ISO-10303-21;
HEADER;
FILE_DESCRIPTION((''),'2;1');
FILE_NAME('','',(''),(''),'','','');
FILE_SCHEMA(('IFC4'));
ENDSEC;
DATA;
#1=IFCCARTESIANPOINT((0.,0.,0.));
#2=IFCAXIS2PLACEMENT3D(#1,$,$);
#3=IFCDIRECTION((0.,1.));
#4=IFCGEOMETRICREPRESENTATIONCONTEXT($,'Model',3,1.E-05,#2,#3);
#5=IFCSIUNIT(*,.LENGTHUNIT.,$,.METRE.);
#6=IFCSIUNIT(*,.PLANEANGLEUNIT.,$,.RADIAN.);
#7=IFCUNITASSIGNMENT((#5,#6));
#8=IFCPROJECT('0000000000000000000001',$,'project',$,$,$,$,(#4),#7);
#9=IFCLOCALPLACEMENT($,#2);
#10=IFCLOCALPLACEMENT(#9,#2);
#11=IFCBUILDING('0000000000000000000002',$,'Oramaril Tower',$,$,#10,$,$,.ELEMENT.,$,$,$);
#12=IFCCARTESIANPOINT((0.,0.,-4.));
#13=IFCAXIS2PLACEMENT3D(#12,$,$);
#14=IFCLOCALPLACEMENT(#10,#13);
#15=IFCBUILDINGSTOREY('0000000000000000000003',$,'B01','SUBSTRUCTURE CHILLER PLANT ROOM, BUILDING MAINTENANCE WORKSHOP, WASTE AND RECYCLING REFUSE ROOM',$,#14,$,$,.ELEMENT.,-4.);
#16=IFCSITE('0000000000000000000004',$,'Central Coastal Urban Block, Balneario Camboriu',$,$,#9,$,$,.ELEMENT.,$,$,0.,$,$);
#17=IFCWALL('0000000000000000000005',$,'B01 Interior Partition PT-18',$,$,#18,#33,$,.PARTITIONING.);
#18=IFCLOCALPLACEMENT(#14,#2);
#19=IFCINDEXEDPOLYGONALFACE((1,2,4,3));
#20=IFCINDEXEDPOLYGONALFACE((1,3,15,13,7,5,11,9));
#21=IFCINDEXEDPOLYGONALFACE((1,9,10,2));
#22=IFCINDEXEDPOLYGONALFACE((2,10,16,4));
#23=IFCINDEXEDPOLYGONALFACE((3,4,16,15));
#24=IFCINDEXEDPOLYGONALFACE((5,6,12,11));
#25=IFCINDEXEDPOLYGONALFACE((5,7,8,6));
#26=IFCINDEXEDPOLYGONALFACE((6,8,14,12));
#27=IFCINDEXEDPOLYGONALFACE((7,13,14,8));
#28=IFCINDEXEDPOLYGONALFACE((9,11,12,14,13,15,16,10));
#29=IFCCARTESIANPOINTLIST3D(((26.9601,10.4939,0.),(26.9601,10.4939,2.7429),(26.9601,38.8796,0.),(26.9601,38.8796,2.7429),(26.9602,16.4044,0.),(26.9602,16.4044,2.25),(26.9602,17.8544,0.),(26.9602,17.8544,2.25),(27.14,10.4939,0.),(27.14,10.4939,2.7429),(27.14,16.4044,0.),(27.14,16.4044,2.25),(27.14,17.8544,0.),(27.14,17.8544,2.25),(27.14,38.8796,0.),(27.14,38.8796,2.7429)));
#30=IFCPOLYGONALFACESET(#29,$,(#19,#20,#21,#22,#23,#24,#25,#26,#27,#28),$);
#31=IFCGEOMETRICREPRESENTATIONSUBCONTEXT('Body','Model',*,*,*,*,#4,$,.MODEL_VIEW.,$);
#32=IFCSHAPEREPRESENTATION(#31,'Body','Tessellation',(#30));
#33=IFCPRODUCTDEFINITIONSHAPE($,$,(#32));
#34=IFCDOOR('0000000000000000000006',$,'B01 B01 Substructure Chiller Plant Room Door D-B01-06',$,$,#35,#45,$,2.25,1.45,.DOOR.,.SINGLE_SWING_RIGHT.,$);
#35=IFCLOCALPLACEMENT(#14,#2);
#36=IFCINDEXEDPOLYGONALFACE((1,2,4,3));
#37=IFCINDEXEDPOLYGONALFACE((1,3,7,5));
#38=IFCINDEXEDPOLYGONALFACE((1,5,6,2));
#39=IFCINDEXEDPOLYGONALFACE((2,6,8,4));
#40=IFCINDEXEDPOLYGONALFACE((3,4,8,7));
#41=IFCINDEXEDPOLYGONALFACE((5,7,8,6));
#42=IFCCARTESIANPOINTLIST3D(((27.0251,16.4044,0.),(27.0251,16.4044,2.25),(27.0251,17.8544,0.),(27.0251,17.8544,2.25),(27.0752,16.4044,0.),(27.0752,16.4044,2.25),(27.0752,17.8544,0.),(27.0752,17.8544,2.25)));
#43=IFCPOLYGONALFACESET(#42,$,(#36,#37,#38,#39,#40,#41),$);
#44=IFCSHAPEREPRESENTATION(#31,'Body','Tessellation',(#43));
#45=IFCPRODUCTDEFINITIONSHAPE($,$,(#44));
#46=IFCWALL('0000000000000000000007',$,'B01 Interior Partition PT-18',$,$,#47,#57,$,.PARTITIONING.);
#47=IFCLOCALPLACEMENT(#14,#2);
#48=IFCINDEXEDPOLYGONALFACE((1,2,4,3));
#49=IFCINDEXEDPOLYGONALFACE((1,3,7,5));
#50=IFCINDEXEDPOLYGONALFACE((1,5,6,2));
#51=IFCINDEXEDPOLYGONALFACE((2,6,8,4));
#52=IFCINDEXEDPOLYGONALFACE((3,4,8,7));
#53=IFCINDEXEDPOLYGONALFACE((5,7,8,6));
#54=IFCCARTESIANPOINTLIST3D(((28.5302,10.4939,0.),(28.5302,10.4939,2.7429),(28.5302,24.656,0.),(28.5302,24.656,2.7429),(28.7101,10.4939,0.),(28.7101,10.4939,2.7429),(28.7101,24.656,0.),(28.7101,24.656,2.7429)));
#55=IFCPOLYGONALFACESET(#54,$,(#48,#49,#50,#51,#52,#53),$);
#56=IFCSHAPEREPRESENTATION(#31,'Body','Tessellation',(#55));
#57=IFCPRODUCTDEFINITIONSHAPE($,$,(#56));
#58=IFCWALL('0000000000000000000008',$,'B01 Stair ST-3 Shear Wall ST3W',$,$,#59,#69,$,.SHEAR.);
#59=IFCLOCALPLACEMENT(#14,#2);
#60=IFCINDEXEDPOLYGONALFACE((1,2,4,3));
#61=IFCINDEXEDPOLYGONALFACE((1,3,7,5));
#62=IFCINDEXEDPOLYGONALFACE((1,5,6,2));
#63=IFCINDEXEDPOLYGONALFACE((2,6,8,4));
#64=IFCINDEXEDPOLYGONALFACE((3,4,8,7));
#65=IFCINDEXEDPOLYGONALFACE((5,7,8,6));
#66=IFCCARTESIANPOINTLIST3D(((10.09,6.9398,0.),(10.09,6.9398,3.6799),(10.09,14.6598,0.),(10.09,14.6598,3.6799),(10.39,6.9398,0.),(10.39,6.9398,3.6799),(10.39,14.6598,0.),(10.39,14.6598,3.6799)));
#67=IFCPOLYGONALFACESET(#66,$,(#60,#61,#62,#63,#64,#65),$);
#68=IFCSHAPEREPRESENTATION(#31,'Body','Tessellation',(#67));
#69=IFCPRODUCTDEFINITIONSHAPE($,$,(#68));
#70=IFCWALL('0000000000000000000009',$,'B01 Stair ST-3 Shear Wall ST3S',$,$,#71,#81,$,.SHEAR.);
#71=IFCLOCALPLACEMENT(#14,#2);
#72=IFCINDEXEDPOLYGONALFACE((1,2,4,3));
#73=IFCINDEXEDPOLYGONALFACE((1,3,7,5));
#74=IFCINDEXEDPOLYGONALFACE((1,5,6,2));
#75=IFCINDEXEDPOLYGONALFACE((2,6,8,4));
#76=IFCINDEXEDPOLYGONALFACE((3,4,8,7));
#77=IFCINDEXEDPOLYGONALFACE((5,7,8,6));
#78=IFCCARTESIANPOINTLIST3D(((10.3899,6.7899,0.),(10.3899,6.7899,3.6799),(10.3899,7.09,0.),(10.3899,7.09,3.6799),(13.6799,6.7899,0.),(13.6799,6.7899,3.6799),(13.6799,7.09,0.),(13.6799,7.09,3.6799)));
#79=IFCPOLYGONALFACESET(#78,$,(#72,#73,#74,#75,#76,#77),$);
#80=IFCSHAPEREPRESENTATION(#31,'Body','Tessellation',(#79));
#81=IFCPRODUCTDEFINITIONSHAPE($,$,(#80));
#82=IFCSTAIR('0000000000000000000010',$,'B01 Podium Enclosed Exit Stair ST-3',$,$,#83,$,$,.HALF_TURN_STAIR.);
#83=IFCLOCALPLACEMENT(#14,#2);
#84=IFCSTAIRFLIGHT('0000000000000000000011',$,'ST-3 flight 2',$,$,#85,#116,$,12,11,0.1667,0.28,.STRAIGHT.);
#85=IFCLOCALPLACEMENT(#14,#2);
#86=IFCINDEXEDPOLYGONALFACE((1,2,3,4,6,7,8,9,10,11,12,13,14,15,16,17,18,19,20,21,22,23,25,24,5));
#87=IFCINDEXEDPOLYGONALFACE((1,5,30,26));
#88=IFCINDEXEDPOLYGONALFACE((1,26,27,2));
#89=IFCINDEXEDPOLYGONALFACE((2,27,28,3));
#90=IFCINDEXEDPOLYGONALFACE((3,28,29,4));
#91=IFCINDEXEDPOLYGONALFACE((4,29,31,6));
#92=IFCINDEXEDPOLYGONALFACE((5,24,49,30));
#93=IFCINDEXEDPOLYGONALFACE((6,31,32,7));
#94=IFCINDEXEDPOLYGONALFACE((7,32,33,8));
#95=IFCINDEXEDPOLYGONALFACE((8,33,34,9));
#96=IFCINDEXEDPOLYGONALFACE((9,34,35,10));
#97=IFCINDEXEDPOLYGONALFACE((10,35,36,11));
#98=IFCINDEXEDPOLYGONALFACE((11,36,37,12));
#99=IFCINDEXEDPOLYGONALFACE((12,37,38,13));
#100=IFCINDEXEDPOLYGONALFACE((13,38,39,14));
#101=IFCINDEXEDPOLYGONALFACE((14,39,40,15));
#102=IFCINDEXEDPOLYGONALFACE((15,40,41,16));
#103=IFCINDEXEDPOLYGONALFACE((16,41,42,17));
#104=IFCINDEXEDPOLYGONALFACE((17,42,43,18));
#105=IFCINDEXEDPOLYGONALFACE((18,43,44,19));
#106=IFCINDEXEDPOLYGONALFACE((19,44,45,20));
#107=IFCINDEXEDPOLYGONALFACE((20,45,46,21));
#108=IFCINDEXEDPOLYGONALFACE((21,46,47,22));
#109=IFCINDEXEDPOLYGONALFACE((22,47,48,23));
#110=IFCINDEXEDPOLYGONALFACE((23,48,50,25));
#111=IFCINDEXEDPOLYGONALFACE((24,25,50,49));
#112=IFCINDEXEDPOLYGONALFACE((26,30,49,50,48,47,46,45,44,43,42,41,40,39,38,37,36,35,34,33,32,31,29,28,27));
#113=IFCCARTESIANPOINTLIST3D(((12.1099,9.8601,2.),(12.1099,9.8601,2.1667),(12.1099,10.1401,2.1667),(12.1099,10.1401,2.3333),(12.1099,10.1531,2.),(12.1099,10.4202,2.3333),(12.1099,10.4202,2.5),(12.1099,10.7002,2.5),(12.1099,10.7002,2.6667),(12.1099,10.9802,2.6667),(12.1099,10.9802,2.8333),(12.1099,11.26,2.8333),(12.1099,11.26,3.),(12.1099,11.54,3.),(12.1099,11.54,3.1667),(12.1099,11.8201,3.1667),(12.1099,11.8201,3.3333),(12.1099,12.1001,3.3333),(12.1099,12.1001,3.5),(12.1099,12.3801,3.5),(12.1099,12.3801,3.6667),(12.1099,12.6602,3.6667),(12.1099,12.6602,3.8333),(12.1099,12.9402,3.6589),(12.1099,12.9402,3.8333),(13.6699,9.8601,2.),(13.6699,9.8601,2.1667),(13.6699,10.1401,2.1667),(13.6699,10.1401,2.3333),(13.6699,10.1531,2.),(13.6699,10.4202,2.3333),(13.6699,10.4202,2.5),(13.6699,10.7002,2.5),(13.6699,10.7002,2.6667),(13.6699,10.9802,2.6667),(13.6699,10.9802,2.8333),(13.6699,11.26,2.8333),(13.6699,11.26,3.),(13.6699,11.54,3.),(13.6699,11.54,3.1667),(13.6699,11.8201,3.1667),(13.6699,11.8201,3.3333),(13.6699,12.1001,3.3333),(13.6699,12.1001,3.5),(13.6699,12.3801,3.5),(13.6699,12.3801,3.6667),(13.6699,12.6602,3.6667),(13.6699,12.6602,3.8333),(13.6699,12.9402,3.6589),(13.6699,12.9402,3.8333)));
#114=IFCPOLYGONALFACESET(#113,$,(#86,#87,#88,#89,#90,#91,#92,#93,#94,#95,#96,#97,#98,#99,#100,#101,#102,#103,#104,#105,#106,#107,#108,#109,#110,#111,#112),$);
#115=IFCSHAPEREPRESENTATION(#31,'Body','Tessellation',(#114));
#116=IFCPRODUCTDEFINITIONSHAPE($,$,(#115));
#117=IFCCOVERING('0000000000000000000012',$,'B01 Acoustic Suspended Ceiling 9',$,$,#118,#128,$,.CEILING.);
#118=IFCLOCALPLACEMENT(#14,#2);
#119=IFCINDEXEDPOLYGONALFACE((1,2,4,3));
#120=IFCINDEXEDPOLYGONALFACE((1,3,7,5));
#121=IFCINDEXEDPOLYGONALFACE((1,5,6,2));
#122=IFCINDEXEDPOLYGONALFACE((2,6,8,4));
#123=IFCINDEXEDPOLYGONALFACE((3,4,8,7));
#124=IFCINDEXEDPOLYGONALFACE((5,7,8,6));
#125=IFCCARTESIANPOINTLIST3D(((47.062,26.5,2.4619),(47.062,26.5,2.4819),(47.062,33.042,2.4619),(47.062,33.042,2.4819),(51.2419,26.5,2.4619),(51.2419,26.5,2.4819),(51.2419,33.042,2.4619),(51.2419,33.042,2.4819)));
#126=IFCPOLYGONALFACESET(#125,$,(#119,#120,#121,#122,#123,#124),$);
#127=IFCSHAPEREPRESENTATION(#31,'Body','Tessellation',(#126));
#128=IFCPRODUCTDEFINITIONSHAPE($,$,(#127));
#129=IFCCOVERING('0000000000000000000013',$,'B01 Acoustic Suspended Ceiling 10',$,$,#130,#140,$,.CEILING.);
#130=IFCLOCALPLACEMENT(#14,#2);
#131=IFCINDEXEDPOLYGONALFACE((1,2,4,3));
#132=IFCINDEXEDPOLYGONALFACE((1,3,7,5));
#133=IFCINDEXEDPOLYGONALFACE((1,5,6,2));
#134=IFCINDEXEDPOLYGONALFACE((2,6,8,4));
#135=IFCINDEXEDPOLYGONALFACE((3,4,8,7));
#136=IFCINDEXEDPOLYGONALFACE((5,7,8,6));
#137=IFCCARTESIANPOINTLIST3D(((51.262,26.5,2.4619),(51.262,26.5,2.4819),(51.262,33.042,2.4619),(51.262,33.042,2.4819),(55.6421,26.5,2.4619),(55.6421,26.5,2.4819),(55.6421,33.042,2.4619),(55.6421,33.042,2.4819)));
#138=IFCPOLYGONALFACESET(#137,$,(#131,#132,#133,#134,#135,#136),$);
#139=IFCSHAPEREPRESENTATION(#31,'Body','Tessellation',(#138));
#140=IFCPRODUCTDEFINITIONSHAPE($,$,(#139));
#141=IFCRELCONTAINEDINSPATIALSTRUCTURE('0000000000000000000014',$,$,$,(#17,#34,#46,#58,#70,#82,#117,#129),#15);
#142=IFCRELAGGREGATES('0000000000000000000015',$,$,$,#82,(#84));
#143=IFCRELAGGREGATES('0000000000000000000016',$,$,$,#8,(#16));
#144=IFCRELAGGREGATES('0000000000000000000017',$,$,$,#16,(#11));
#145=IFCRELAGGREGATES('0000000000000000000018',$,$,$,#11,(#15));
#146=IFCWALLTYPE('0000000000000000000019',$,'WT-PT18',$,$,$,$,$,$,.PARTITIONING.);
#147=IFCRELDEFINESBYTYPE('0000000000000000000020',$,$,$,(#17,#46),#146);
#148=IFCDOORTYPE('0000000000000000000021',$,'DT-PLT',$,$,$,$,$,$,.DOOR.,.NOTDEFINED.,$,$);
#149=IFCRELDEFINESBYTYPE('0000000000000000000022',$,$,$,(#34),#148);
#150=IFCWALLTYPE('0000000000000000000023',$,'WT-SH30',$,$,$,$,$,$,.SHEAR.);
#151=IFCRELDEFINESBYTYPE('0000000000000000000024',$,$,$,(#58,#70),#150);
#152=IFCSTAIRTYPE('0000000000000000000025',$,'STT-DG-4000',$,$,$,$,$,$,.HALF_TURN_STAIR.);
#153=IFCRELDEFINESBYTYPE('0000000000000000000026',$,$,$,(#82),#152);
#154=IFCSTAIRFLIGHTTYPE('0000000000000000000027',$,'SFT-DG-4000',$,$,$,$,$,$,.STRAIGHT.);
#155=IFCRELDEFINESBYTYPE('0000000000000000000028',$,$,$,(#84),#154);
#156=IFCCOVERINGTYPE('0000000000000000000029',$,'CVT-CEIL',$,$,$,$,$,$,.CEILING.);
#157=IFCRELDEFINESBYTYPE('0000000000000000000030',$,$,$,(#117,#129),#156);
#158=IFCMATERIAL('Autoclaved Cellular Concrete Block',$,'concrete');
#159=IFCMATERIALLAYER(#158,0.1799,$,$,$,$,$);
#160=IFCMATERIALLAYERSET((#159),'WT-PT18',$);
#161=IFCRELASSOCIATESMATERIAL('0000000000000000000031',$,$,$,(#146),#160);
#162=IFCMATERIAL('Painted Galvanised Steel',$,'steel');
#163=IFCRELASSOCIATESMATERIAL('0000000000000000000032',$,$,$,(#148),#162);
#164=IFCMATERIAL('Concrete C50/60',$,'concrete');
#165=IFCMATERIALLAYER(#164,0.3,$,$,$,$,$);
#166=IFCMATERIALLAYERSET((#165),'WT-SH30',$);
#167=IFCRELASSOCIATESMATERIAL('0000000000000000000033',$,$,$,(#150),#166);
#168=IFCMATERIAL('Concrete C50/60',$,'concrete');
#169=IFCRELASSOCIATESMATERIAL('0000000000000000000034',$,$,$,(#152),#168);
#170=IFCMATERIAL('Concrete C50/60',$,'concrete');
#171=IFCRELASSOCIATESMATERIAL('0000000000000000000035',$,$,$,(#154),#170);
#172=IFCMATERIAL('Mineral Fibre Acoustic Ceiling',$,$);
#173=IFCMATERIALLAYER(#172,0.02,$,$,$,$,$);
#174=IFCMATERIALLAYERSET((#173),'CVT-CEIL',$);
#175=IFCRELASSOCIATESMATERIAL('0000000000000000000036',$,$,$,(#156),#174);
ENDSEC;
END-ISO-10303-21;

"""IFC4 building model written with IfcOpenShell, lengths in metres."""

from ifc_helpers import new_model, si_unit, direction, frame, frame_2d, origin, place, context, subcontext, project, spatial, polyline, rectangle, outline, extrude, material, layer, layer_set, type_object, element, fill, aggregate, save


model = new_model("IFC4")

# Units and contexts
model_context = context("Model", 3, precision=1e-05, world=origin(), true_north=direction((0.0, 1.0)))
body_context = subcontext(model_context, "Body", "Model", "MODEL_VIEW")
ifc_project = project(units=[si_unit("LENGTHUNIT", "METRE"), si_unit("PLANEANGLEUNIT", "RADIAN")], contexts=[model_context])

# Site, building, storey
site_placement = place(None, origin())
site = spatial("IfcSite", under=ifc_project, at=site_placement, Name="Central Coastal Urban Block, Balneario Camboriu", CompositionType="ELEMENT", RefElevation=0.0)
building_placement = place(site_placement, origin())
building = spatial("IfcBuilding", under=site, at=building_placement, Name="Oramaril Tower", CompositionType="ELEMENT")
storey_placement = place(building_placement, frame((0.0, 0.0, -4.0)))
storey = spatial("IfcBuildingStorey", under=building, at=storey_placement, Name="B01", Description="SUBSTRUCTURE CHILLER PLANT ROOM, BUILDING MAINTENANCE WORKSHOP, WASTE AND RECYCLING REFUSE ROOM", CompositionType="ELEMENT", Elevation=-4.0)

# Shared definitions
ifc_material_1 = material(Name="Autoclaved Cellular Concrete Block", Category="concrete")
ifc_layer_1 = layer(ifc_material_1, 0.1799)
ifc_layer_set_1 = layer_set([ifc_layer_1], Name="WT-PT18")
wall_type_1 = type_object("IfcWallType", Name="WT-PT18", PredefinedType="PARTITIONING", material=ifc_layer_set_1)

# Wall, opening, door
wall_1_placement = place(storey_placement, frame((27.05, 10.4939, 0.0), z_axis=(0.0, 0.0, 1.0), x_axis=(0.0, 1.0, 0.0)))
wall_1 = element("IfcWall", 1, at=wall_1_placement, inside=storey, type_object=wall_type_1, Name="B01 Interior Partition PT-18", PredefinedType="PARTITIONING", context=body_context, shape_type="SweptSolid", body=[
    extrude(rectangle(XDim=28.3857, YDim=0.1799, at=frame_2d((14.1929, 0.0))), origin(), (0.0, 0.0, 1.0), 2.7429),
])
opening_1_placement = place(wall_1_placement, frame((5.9104, 0.0, 0.0)))
opening_1 = element("IfcOpeningElement", 2, at=opening_1_placement, cuts=wall_1, PredefinedType="OPENING", context=body_context, shape_type="SweptSolid", body=[
    extrude(rectangle(XDim=1.45, YDim=2.25, at=frame_2d((0.7251, 1.125))), frame((0.0, 0.0898, 0.0), z_axis=(0.0, -1.0, 0.0), x_axis=(1.0, 0.0, 0.0)), (0.0, 0.0, 1.0), 0.1799),
])
ifc_material_2 = material(Name="Painted Galvanised Steel", Category="steel")
door_type_1 = type_object("IfcDoorType", Name="DT-PLT", OperationType="NOTDEFINED", PredefinedType="DOOR", material=ifc_material_2)
door_1_placement = place(opening_1_placement, origin())
door_1 = element("IfcDoor", 3, at=door_1_placement, inside=storey, type_object=door_type_1, Name="B01 B01 Substructure Chiller Plant Room Door D-B01-06", OperationType="SINGLE_SWING_RIGHT", OverallHeight=2.25, OverallWidth=1.45, PredefinedType="DOOR", context=body_context, shape_type="SweptSolid", body=[
    extrude(rectangle(XDim=1.45, YDim=2.25, at=frame_2d((0.7251, 1.125))), frame((0.0, 0.0249, 0.0), z_axis=(0.0, -1.0, 0.0), x_axis=(1.0, 0.0, 0.0)), (0.0, 0.0, 1.0), 0.05),
])
fill(opening_1, door_1)

# Walls
wall_2_placement = place(storey_placement, frame((28.6201, 10.4939, 0.0), z_axis=(0.0, 0.0, 1.0), x_axis=(0.0, 1.0, 0.0)))
element("IfcWall", 4, at=wall_2_placement, inside=storey, type_object=wall_type_1, Name="B01 Interior Partition PT-18", PredefinedType="PARTITIONING", context=body_context, shape_type="SweptSolid", body=[
    extrude(rectangle(XDim=14.1621, YDim=0.1799, at=frame_2d((7.0811, 0.0))), origin(), (0.0, 0.0, 1.0), 2.7429),
])
ifc_material_3 = material(Name="Concrete C50/60", Category="concrete")
ifc_layer_2 = layer(ifc_material_3, 0.3)
ifc_layer_set_2 = layer_set([ifc_layer_2], Name="WT-SH30")
wall_type_2 = type_object("IfcWallType", Name="WT-SH30", PredefinedType="SHEAR", material=ifc_layer_set_2)
wall_3_placement = place(storey_placement, frame((10.24, 6.9399, 0.0), z_axis=(0.0, 0.0, 1.0), x_axis=(0.0, 1.0, 0.0)))
element("IfcWall", 5, at=wall_3_placement, inside=storey, type_object=wall_type_2, Name="B01 Stair ST-3 Shear Wall ST3W", PredefinedType="SHEAR", context=body_context, shape_type="SweptSolid", body=[
    extrude(rectangle(XDim=7.72, YDim=0.3, at=frame_2d((3.8599, 0.0))), origin(), (0.0, 0.0, 1.0), 3.6799),
])

# Wall
wall_4_placement = place(storey_placement, frame((10.3899, 6.9399, 0.0), z_axis=(0.0, 0.0, 1.0), x_axis=(1.0, 0.0, 0.0)))
element("IfcWall", 6, at=wall_4_placement, inside=storey, type_object=wall_type_2, Name="B01 Stair ST-3 Shear Wall ST3S", PredefinedType="SHEAR", context=body_context, shape_type="SweptSolid", body=[
    extrude(rectangle(XDim=3.29, YDim=0.3, at=frame_2d((1.645, 0.0))), origin(), (0.0, 0.0, 1.0), 3.6799),
])

# Stair, stair flight
ifc_material_4 = material(Name="Concrete C50/60", Category="concrete")
stair_type = type_object("IfcStairType", Name="STT-DG-4000", PredefinedType="HALF_TURN_STAIR", material=ifc_material_4)
stair_placement = place(storey_placement, origin())
stair = element("IfcStair", 7, at=stair_placement, inside=storey, type_object=stair_type, Name="B01 Podium Enclosed Exit Stair ST-3", PredefinedType="HALF_TURN_STAIR")
ifc_material_5 = material(Name="Concrete C50/60", Category="concrete")
stair_flight_type = type_object("IfcStairFlightType", Name="SFT-DG-4000", PredefinedType="STRAIGHT", material=ifc_material_5)
stair_flight_placement = place(storey_placement, frame((12.8899, 9.8601, 2.0), z_axis=(0.0, 0.0, 1.0), x_axis=(0.0, 1.0, 0.0)))
stair_flight = element("IfcStairFlight", 8, at=stair_flight_placement, type_object=stair_flight_type, Name="ST-3 flight 2", NumberOfRisers=12, NumberOfTreads=11, PredefinedType="STRAIGHT", RiserHeight=0.1667, TreadLength=0.28, context=body_context, shape_type="SweptSolid", body=[
    extrude(outline(polyline([(0.0, 0.0), (0.0, 0.1667), (0.28, 0.1667), (0.28, 0.3333), (0.5601, 0.3333), (0.5601, 0.5), (0.8401, 0.5), (0.8401, 0.6667), (1.1201, 0.6667), (1.1201, 0.8333), (1.3999, 0.8333), (1.3999, 1.0), (1.6799, 1.0), (1.6799, 1.1667), (1.96, 1.1667), (1.96, 1.3333), (2.24, 1.3333), (2.24, 1.5), (2.52, 1.5), (2.52, 1.6667), (2.8, 1.6667), (2.8, 1.8333), (3.0801, 1.8333), (3.0801, 2.0), (3.0801, 1.6589), (0.293, 0.0), (0.0, 0.0)])), frame((0.0, 0.78, 0.0), z_axis=(0.0, -1.0, 0.0), x_axis=(1.0, 0.0, 0.0)), (0.0, 0.0, 1.0), 1.5601),
])
aggregate(stair, [stair_flight])

# Coverings
ifc_material_6 = material(Name="Mineral Fibre Acoustic Ceiling")
ifc_layer_3 = layer(ifc_material_6, 0.02)
ifc_layer_set_3 = layer_set([ifc_layer_3], Name="CVT-CEIL")
covering_type_1 = type_object("IfcCoveringType", Name="CVT-CEIL", PredefinedType="CEILING", material=ifc_layer_set_3)
covering_1_placement = place(storey_placement, frame((0.0, 0.0, 2.4619)))
element("IfcCovering", 9, at=covering_1_placement, inside=storey, type_object=covering_type_1, Name="B01 Acoustic Suspended Ceiling 9", PredefinedType="CEILING", context=body_context, shape_type="SweptSolid", body=[
    extrude(outline(polyline([(51.2419, 33.042), (51.2419, 26.5), (47.062, 26.5), (47.062, 33.042), (51.2419, 33.042)])), origin(), (0.0, 0.0, 1.0), 0.02),
])
covering_2_placement = place(storey_placement, frame((0.0, 0.0, 2.4619)))
element("IfcCovering", 10, at=covering_2_placement, inside=storey, type_object=covering_type_1, Name="B01 Acoustic Suspended Ceiling 10", PredefinedType="CEILING", context=body_context, shape_type="SweptSolid", body=[
    extrude(outline(polyline([(55.6421, 33.042), (55.6421, 26.5), (51.262, 26.5), (51.262, 33.042), (55.6421, 33.042)])), origin(), (0.0, 0.0, 1.0), 0.02),
])

save(model, "model.ifc")
